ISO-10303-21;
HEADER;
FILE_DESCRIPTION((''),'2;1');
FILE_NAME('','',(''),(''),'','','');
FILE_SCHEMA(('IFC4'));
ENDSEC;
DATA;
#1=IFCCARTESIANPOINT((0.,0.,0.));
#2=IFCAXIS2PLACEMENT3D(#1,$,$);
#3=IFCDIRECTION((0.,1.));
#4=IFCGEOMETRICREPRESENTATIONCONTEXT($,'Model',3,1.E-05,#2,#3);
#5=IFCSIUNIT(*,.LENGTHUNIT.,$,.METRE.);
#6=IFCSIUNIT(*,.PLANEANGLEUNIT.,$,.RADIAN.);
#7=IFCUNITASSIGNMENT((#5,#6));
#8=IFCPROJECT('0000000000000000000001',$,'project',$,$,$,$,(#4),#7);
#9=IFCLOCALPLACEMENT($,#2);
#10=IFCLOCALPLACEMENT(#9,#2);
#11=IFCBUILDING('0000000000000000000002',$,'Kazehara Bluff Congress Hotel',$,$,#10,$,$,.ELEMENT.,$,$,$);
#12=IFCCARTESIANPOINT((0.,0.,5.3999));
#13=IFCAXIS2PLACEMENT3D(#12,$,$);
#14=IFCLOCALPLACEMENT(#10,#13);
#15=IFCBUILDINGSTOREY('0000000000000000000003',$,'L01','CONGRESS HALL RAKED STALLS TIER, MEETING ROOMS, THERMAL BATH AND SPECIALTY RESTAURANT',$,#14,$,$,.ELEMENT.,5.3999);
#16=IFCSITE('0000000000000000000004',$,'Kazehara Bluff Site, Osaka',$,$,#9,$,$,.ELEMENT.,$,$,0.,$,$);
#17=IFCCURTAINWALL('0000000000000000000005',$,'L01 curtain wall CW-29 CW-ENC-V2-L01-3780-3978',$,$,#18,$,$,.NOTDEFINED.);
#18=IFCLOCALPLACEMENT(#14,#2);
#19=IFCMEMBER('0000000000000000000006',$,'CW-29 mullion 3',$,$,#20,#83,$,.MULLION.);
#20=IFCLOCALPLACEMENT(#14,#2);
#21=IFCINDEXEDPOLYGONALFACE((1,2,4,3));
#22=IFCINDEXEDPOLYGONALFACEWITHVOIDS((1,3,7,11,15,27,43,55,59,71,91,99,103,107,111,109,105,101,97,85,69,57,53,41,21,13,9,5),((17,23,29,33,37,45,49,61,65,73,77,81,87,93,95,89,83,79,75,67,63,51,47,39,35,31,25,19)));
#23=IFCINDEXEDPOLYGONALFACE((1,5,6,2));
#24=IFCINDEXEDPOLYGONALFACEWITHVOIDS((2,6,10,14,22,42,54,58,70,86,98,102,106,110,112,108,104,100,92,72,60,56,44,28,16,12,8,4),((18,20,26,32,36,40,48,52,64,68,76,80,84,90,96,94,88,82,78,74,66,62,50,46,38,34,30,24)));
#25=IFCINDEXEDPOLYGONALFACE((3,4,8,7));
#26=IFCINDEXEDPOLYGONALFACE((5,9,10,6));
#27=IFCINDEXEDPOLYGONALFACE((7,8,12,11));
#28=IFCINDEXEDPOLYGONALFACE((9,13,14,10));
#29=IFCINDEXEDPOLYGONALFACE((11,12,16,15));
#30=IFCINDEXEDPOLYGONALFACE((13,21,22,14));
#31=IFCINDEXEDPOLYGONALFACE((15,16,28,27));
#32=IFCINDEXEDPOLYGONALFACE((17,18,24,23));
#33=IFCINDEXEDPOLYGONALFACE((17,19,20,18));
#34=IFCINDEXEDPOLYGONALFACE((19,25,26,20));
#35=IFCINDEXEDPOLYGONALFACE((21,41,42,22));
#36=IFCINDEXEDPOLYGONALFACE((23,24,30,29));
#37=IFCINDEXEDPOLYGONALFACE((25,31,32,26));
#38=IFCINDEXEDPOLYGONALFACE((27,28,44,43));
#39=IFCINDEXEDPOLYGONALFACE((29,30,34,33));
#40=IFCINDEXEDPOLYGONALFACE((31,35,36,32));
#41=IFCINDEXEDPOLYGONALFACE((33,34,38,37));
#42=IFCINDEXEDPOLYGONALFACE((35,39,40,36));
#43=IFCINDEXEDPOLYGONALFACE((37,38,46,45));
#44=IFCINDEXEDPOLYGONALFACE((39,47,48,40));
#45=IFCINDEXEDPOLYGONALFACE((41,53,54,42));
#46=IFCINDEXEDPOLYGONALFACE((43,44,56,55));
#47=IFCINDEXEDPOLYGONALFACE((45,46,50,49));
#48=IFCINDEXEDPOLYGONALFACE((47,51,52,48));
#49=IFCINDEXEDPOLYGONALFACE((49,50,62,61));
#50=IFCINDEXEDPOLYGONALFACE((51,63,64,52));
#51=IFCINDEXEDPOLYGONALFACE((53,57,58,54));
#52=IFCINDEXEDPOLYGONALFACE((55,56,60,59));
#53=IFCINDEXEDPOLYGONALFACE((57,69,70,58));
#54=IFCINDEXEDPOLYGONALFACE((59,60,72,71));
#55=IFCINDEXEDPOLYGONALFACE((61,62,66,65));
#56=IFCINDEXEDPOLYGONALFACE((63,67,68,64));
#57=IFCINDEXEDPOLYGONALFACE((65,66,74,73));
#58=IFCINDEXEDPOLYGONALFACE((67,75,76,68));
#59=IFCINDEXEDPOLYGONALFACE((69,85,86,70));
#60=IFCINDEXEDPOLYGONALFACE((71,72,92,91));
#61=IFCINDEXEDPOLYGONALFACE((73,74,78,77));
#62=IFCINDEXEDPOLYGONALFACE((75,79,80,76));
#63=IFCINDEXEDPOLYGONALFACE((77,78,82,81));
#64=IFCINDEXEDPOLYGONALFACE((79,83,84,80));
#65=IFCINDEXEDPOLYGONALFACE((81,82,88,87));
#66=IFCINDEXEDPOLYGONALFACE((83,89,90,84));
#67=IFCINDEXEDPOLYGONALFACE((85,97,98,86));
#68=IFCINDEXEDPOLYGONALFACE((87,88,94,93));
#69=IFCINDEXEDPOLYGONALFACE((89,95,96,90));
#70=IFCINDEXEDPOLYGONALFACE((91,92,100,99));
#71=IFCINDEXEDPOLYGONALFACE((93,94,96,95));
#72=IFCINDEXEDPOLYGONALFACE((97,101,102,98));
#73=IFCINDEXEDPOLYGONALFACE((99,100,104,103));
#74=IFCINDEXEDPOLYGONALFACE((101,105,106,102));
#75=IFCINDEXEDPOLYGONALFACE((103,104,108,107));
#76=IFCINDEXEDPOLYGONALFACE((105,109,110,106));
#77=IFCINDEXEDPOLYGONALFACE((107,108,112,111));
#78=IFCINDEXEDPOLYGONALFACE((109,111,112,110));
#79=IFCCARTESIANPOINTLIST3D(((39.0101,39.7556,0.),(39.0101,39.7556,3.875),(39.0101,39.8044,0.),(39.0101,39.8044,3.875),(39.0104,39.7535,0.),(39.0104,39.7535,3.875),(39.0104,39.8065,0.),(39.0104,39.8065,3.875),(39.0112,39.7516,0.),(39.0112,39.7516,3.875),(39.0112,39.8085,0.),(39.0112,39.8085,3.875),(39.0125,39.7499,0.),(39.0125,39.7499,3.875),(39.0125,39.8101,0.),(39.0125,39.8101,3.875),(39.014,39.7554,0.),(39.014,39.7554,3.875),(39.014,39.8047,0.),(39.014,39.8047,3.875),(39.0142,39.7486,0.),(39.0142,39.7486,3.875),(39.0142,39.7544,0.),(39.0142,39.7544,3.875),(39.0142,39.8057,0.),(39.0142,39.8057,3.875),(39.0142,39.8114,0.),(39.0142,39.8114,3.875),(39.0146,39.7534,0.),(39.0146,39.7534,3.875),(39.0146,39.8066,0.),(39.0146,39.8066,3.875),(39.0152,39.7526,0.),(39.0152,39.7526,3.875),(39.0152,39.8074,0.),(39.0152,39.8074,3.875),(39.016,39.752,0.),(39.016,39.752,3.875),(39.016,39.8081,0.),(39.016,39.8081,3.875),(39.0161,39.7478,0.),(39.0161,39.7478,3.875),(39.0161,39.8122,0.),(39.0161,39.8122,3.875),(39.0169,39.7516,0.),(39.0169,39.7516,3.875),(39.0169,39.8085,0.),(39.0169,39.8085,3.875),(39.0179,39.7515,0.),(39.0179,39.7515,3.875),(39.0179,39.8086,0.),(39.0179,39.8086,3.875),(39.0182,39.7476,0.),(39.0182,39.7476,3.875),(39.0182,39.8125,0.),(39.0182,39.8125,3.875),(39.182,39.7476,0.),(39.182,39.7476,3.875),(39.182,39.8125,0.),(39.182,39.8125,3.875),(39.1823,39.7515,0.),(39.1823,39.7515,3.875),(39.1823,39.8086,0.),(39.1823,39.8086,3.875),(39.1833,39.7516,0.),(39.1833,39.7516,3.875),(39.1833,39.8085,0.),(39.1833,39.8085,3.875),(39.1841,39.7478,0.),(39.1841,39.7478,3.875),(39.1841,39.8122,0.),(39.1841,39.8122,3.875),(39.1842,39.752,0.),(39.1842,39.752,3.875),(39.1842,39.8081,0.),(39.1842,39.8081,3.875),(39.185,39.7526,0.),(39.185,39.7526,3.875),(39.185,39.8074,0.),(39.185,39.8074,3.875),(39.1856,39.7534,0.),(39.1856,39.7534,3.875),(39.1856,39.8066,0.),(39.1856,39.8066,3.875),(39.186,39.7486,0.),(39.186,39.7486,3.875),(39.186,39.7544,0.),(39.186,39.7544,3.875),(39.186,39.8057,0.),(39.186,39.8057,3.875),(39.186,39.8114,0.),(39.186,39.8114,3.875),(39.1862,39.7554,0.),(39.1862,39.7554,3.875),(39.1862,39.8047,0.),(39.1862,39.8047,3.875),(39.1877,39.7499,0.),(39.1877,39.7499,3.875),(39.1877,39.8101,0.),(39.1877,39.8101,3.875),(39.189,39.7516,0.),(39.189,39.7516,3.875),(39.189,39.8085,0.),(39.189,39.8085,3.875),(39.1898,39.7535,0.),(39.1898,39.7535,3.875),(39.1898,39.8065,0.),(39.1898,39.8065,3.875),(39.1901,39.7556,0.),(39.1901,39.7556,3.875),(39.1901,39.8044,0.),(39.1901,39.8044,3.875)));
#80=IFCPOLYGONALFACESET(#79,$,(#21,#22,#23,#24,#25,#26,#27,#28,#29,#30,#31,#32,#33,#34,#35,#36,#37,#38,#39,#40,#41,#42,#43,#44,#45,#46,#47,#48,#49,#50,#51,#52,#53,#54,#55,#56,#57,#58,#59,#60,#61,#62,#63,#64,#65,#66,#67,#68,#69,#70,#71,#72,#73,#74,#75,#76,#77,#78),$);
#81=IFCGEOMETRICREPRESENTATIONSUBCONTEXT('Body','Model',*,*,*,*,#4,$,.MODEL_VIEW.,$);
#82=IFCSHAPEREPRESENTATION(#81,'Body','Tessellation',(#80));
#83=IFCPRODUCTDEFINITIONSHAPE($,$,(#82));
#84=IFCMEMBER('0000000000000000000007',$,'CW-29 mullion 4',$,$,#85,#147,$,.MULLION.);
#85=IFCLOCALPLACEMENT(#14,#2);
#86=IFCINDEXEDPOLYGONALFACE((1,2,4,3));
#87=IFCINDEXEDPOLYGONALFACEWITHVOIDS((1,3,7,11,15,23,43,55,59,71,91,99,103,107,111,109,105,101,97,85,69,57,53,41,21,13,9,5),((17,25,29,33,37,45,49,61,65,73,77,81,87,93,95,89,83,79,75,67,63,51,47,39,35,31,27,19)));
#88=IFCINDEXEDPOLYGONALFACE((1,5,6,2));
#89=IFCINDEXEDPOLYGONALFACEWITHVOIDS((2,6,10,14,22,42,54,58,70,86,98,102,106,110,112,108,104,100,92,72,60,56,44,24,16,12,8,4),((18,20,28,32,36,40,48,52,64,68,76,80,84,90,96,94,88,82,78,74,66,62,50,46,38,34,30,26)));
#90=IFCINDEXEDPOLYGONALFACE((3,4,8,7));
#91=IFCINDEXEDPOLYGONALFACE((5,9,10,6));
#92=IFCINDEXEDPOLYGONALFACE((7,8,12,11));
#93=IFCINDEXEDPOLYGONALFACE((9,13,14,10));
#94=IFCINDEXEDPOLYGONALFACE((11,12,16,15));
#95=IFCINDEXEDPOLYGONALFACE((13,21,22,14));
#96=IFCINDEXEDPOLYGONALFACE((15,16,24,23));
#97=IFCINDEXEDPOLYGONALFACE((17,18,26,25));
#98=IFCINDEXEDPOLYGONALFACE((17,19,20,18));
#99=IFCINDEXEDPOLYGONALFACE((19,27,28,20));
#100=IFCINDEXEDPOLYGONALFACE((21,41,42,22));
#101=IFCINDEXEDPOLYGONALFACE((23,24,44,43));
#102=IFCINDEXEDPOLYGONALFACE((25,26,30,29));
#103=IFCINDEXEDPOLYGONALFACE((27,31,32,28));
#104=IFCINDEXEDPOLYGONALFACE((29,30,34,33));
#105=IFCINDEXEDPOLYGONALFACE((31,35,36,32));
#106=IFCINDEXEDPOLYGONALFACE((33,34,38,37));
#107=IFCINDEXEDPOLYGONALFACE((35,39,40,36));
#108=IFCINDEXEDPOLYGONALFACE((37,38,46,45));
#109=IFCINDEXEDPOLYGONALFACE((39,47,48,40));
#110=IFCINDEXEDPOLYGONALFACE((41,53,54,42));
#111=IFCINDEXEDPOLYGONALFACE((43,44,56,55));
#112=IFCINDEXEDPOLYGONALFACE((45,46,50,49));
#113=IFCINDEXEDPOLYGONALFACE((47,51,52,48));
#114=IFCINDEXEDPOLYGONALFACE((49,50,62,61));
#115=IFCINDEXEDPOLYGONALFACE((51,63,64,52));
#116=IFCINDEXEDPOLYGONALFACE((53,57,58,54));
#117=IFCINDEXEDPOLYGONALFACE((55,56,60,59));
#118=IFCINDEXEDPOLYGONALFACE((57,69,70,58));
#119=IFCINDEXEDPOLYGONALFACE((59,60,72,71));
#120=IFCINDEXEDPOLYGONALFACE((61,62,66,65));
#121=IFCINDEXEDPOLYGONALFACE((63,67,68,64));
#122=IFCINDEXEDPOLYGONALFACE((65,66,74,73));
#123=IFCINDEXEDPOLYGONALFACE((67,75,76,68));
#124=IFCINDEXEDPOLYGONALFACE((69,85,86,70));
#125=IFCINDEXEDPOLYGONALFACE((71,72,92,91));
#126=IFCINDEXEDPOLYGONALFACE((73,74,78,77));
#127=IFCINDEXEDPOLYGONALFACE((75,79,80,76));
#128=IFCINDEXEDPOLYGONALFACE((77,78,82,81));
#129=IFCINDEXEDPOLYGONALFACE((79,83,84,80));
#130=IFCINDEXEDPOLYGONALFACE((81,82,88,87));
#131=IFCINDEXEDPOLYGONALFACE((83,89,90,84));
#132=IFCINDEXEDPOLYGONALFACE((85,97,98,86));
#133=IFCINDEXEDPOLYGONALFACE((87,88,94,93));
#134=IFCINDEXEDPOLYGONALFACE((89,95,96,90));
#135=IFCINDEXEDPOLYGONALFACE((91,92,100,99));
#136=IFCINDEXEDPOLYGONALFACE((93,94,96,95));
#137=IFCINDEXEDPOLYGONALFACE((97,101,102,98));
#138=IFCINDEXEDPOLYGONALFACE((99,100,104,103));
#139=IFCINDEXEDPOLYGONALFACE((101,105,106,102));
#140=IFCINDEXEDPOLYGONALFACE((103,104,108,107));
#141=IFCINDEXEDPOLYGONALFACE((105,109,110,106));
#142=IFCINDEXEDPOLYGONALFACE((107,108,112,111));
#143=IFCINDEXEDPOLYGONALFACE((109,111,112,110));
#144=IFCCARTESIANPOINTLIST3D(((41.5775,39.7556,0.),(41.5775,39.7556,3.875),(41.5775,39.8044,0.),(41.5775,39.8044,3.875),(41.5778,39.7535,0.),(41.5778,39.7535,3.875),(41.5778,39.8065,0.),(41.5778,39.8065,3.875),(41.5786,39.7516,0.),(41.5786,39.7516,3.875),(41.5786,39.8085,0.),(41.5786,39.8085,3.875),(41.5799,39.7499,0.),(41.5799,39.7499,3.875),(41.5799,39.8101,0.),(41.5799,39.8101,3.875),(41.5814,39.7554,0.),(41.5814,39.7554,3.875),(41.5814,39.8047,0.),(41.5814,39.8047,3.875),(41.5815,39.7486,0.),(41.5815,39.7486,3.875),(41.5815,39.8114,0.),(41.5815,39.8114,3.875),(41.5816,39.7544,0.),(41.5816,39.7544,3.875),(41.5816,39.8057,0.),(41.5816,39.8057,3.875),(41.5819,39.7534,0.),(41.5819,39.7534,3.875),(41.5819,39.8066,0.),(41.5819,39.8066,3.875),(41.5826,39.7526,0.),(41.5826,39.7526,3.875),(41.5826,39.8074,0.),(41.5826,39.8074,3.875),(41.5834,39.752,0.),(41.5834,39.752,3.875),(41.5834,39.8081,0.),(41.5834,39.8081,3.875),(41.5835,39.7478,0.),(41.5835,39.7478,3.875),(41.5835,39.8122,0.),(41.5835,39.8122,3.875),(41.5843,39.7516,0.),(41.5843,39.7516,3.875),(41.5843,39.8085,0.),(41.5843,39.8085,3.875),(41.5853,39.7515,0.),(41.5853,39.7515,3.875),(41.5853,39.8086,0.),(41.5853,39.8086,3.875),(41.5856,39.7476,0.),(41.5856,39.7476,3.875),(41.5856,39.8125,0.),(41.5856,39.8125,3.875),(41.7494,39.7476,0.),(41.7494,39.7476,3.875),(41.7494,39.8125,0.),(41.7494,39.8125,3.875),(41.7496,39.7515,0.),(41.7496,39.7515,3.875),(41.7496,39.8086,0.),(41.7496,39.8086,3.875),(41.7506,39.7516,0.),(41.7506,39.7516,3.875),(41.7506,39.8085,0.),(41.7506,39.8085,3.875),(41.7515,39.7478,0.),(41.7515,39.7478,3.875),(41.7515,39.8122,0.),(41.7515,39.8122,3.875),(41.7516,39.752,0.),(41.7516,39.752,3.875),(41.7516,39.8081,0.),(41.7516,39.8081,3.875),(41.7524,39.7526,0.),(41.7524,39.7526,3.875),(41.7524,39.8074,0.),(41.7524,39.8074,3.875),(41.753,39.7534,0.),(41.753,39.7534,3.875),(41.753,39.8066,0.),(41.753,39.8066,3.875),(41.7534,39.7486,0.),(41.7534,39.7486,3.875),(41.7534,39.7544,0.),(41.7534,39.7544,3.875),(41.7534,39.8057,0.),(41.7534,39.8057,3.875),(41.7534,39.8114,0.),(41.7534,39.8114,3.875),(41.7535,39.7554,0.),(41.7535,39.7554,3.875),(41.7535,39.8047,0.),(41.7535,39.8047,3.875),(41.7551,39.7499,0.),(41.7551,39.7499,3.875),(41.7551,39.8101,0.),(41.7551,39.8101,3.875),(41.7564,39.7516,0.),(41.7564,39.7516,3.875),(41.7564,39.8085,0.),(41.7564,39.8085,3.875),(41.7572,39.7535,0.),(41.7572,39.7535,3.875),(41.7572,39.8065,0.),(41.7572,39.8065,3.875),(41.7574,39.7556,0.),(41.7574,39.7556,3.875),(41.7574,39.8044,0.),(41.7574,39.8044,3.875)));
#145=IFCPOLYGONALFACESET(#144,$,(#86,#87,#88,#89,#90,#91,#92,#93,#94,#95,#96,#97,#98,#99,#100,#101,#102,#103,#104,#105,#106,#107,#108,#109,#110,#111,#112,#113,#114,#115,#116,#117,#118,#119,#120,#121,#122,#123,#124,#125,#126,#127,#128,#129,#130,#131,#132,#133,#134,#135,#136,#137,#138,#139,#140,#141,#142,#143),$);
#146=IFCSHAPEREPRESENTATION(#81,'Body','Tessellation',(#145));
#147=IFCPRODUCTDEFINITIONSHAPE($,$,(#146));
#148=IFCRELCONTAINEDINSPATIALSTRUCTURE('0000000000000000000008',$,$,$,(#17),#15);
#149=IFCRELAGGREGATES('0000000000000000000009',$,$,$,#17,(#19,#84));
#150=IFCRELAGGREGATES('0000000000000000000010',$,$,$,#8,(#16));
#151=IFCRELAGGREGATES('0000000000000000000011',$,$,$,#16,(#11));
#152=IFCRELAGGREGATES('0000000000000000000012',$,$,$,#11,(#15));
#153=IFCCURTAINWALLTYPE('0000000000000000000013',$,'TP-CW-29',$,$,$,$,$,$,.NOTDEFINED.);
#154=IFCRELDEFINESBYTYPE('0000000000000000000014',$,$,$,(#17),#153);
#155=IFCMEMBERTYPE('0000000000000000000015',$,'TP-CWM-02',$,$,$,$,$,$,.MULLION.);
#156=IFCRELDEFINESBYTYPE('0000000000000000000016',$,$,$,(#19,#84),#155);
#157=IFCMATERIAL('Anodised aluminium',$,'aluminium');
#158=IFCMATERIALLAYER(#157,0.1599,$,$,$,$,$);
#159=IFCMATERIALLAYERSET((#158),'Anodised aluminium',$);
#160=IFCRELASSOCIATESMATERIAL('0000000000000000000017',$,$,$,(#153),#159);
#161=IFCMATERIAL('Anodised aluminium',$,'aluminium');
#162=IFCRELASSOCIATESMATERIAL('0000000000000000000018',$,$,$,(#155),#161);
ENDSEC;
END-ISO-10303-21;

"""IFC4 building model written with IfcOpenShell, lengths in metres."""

from ifc_helpers import new_model, si_unit, direction, frame, origin, origin_2d, place, context, subcontext, project, spatial, hollow_rectangle, extrude, material, layer, layer_set, material_profile, profile_set, type_object, element, aggregate, save


model = new_model("IFC4")

# Units and contexts
model_context = context("Model", 3, precision=1e-05, world=origin(), true_north=direction((0.0, 1.0)))
body_context = subcontext(model_context, "Body", "Model", "MODEL_VIEW")
ifc_project = project(units=[si_unit("LENGTHUNIT", "METRE"), si_unit("PLANEANGLEUNIT", "RADIAN")], contexts=[model_context])

# Site, building, storey
site_placement = place(None, origin())
site = spatial("IfcSite", under=ifc_project, at=site_placement, Name="Kazehara Bluff Site, Osaka", CompositionType="ELEMENT", RefElevation=0.0)
building_placement = place(site_placement, origin())
building = spatial("IfcBuilding", under=site, at=building_placement, Name="Kazehara Bluff Congress Hotel", CompositionType="ELEMENT")
storey_placement = place(building_placement, frame((0.0, 0.0, 5.3999)))
storey = spatial("IfcBuildingStorey", under=building, at=storey_placement, Name="L01", Description="CONGRESS HALL RAKED STALLS TIER, MEETING ROOMS, THERMAL BATH AND SPECIALTY RESTAURANT", CompositionType="ELEMENT", Elevation=5.3999)

# Curtain wall, members
ifc_material_1 = material(Name="Anodised aluminium", Category="aluminium")
ifc_layer_1 = layer(ifc_material_1, 0.1599)
ifc_layer_set_1 = layer_set([ifc_layer_1], Name="Anodised aluminium")
curtain_wall_type = type_object("IfcCurtainWallType", Name="TP-CW-29", PredefinedType="NOTDEFINED", material=ifc_layer_set_1)
curtain_wall_1_placement = place(storey_placement, origin())
curtain_wall_1 = element("IfcCurtainWall", 1, at=curtain_wall_1_placement, inside=storey, type_object=curtain_wall_type, Name="L01 curtain wall CW-29 CW-ENC-V2-L01-3780-3978", PredefinedType="NOTDEFINED")
ifc_material_2 = material(Name="Anodised aluminium", Category="aluminium")
ifc_material_profile_1 = material_profile(ifc_material_2, hollow_rectangle(XDim=0.0649, YDim=0.1799, WallThickness=0.0039, InnerFilletRadius=0.0039, OuterFilletRadius=0.0081, at=origin_2d()))
ifc_profile_set_1 = profile_set([ifc_material_profile_1], Name="Anodised aluminium")
member_type_1 = type_object("IfcMemberType", Name="TP-CWM-02", PredefinedType="MULLION", material=ifc_profile_set_1)
member_1_placement = place(storey_placement, frame((39.1001, 39.78, 0.0), z_axis=(0.0, 0.0, 1.0), x_axis=(0.0, 1.0, 0.0)))
member_1 = element("IfcMember", 2, at=member_1_placement, type_object=member_type_1, Name="CW-29 mullion 3", PredefinedType="MULLION", context=body_context, shape_type="SweptSolid", body=[
    extrude(hollow_rectangle(XDim=0.0649, YDim=0.1799, WallThickness=0.0039, InnerFilletRadius=0.0039, OuterFilletRadius=0.0081, at=origin_2d()), origin(), (0.0, 0.0, 1.0), 3.875),
])
member_2_placement = place(storey_placement, frame((41.6675, 39.78, 0.0), z_axis=(0.0, 0.0, 1.0), x_axis=(0.0, 1.0, 0.0)))
member_2 = element("IfcMember", 3, at=member_2_placement, type_object=member_type_1, Name="CW-29 mullion 4", PredefinedType="MULLION", context=body_context, shape_type="SweptSolid", body=[
    extrude(hollow_rectangle(XDim=0.0649, YDim=0.1799, WallThickness=0.0039, InnerFilletRadius=0.0039, OuterFilletRadius=0.0081, at=origin_2d()), origin(), (0.0, 0.0, 1.0), 3.875),
])

aggregate(curtain_wall_1, [member_1, member_2])

save(model, "model.ifc")
